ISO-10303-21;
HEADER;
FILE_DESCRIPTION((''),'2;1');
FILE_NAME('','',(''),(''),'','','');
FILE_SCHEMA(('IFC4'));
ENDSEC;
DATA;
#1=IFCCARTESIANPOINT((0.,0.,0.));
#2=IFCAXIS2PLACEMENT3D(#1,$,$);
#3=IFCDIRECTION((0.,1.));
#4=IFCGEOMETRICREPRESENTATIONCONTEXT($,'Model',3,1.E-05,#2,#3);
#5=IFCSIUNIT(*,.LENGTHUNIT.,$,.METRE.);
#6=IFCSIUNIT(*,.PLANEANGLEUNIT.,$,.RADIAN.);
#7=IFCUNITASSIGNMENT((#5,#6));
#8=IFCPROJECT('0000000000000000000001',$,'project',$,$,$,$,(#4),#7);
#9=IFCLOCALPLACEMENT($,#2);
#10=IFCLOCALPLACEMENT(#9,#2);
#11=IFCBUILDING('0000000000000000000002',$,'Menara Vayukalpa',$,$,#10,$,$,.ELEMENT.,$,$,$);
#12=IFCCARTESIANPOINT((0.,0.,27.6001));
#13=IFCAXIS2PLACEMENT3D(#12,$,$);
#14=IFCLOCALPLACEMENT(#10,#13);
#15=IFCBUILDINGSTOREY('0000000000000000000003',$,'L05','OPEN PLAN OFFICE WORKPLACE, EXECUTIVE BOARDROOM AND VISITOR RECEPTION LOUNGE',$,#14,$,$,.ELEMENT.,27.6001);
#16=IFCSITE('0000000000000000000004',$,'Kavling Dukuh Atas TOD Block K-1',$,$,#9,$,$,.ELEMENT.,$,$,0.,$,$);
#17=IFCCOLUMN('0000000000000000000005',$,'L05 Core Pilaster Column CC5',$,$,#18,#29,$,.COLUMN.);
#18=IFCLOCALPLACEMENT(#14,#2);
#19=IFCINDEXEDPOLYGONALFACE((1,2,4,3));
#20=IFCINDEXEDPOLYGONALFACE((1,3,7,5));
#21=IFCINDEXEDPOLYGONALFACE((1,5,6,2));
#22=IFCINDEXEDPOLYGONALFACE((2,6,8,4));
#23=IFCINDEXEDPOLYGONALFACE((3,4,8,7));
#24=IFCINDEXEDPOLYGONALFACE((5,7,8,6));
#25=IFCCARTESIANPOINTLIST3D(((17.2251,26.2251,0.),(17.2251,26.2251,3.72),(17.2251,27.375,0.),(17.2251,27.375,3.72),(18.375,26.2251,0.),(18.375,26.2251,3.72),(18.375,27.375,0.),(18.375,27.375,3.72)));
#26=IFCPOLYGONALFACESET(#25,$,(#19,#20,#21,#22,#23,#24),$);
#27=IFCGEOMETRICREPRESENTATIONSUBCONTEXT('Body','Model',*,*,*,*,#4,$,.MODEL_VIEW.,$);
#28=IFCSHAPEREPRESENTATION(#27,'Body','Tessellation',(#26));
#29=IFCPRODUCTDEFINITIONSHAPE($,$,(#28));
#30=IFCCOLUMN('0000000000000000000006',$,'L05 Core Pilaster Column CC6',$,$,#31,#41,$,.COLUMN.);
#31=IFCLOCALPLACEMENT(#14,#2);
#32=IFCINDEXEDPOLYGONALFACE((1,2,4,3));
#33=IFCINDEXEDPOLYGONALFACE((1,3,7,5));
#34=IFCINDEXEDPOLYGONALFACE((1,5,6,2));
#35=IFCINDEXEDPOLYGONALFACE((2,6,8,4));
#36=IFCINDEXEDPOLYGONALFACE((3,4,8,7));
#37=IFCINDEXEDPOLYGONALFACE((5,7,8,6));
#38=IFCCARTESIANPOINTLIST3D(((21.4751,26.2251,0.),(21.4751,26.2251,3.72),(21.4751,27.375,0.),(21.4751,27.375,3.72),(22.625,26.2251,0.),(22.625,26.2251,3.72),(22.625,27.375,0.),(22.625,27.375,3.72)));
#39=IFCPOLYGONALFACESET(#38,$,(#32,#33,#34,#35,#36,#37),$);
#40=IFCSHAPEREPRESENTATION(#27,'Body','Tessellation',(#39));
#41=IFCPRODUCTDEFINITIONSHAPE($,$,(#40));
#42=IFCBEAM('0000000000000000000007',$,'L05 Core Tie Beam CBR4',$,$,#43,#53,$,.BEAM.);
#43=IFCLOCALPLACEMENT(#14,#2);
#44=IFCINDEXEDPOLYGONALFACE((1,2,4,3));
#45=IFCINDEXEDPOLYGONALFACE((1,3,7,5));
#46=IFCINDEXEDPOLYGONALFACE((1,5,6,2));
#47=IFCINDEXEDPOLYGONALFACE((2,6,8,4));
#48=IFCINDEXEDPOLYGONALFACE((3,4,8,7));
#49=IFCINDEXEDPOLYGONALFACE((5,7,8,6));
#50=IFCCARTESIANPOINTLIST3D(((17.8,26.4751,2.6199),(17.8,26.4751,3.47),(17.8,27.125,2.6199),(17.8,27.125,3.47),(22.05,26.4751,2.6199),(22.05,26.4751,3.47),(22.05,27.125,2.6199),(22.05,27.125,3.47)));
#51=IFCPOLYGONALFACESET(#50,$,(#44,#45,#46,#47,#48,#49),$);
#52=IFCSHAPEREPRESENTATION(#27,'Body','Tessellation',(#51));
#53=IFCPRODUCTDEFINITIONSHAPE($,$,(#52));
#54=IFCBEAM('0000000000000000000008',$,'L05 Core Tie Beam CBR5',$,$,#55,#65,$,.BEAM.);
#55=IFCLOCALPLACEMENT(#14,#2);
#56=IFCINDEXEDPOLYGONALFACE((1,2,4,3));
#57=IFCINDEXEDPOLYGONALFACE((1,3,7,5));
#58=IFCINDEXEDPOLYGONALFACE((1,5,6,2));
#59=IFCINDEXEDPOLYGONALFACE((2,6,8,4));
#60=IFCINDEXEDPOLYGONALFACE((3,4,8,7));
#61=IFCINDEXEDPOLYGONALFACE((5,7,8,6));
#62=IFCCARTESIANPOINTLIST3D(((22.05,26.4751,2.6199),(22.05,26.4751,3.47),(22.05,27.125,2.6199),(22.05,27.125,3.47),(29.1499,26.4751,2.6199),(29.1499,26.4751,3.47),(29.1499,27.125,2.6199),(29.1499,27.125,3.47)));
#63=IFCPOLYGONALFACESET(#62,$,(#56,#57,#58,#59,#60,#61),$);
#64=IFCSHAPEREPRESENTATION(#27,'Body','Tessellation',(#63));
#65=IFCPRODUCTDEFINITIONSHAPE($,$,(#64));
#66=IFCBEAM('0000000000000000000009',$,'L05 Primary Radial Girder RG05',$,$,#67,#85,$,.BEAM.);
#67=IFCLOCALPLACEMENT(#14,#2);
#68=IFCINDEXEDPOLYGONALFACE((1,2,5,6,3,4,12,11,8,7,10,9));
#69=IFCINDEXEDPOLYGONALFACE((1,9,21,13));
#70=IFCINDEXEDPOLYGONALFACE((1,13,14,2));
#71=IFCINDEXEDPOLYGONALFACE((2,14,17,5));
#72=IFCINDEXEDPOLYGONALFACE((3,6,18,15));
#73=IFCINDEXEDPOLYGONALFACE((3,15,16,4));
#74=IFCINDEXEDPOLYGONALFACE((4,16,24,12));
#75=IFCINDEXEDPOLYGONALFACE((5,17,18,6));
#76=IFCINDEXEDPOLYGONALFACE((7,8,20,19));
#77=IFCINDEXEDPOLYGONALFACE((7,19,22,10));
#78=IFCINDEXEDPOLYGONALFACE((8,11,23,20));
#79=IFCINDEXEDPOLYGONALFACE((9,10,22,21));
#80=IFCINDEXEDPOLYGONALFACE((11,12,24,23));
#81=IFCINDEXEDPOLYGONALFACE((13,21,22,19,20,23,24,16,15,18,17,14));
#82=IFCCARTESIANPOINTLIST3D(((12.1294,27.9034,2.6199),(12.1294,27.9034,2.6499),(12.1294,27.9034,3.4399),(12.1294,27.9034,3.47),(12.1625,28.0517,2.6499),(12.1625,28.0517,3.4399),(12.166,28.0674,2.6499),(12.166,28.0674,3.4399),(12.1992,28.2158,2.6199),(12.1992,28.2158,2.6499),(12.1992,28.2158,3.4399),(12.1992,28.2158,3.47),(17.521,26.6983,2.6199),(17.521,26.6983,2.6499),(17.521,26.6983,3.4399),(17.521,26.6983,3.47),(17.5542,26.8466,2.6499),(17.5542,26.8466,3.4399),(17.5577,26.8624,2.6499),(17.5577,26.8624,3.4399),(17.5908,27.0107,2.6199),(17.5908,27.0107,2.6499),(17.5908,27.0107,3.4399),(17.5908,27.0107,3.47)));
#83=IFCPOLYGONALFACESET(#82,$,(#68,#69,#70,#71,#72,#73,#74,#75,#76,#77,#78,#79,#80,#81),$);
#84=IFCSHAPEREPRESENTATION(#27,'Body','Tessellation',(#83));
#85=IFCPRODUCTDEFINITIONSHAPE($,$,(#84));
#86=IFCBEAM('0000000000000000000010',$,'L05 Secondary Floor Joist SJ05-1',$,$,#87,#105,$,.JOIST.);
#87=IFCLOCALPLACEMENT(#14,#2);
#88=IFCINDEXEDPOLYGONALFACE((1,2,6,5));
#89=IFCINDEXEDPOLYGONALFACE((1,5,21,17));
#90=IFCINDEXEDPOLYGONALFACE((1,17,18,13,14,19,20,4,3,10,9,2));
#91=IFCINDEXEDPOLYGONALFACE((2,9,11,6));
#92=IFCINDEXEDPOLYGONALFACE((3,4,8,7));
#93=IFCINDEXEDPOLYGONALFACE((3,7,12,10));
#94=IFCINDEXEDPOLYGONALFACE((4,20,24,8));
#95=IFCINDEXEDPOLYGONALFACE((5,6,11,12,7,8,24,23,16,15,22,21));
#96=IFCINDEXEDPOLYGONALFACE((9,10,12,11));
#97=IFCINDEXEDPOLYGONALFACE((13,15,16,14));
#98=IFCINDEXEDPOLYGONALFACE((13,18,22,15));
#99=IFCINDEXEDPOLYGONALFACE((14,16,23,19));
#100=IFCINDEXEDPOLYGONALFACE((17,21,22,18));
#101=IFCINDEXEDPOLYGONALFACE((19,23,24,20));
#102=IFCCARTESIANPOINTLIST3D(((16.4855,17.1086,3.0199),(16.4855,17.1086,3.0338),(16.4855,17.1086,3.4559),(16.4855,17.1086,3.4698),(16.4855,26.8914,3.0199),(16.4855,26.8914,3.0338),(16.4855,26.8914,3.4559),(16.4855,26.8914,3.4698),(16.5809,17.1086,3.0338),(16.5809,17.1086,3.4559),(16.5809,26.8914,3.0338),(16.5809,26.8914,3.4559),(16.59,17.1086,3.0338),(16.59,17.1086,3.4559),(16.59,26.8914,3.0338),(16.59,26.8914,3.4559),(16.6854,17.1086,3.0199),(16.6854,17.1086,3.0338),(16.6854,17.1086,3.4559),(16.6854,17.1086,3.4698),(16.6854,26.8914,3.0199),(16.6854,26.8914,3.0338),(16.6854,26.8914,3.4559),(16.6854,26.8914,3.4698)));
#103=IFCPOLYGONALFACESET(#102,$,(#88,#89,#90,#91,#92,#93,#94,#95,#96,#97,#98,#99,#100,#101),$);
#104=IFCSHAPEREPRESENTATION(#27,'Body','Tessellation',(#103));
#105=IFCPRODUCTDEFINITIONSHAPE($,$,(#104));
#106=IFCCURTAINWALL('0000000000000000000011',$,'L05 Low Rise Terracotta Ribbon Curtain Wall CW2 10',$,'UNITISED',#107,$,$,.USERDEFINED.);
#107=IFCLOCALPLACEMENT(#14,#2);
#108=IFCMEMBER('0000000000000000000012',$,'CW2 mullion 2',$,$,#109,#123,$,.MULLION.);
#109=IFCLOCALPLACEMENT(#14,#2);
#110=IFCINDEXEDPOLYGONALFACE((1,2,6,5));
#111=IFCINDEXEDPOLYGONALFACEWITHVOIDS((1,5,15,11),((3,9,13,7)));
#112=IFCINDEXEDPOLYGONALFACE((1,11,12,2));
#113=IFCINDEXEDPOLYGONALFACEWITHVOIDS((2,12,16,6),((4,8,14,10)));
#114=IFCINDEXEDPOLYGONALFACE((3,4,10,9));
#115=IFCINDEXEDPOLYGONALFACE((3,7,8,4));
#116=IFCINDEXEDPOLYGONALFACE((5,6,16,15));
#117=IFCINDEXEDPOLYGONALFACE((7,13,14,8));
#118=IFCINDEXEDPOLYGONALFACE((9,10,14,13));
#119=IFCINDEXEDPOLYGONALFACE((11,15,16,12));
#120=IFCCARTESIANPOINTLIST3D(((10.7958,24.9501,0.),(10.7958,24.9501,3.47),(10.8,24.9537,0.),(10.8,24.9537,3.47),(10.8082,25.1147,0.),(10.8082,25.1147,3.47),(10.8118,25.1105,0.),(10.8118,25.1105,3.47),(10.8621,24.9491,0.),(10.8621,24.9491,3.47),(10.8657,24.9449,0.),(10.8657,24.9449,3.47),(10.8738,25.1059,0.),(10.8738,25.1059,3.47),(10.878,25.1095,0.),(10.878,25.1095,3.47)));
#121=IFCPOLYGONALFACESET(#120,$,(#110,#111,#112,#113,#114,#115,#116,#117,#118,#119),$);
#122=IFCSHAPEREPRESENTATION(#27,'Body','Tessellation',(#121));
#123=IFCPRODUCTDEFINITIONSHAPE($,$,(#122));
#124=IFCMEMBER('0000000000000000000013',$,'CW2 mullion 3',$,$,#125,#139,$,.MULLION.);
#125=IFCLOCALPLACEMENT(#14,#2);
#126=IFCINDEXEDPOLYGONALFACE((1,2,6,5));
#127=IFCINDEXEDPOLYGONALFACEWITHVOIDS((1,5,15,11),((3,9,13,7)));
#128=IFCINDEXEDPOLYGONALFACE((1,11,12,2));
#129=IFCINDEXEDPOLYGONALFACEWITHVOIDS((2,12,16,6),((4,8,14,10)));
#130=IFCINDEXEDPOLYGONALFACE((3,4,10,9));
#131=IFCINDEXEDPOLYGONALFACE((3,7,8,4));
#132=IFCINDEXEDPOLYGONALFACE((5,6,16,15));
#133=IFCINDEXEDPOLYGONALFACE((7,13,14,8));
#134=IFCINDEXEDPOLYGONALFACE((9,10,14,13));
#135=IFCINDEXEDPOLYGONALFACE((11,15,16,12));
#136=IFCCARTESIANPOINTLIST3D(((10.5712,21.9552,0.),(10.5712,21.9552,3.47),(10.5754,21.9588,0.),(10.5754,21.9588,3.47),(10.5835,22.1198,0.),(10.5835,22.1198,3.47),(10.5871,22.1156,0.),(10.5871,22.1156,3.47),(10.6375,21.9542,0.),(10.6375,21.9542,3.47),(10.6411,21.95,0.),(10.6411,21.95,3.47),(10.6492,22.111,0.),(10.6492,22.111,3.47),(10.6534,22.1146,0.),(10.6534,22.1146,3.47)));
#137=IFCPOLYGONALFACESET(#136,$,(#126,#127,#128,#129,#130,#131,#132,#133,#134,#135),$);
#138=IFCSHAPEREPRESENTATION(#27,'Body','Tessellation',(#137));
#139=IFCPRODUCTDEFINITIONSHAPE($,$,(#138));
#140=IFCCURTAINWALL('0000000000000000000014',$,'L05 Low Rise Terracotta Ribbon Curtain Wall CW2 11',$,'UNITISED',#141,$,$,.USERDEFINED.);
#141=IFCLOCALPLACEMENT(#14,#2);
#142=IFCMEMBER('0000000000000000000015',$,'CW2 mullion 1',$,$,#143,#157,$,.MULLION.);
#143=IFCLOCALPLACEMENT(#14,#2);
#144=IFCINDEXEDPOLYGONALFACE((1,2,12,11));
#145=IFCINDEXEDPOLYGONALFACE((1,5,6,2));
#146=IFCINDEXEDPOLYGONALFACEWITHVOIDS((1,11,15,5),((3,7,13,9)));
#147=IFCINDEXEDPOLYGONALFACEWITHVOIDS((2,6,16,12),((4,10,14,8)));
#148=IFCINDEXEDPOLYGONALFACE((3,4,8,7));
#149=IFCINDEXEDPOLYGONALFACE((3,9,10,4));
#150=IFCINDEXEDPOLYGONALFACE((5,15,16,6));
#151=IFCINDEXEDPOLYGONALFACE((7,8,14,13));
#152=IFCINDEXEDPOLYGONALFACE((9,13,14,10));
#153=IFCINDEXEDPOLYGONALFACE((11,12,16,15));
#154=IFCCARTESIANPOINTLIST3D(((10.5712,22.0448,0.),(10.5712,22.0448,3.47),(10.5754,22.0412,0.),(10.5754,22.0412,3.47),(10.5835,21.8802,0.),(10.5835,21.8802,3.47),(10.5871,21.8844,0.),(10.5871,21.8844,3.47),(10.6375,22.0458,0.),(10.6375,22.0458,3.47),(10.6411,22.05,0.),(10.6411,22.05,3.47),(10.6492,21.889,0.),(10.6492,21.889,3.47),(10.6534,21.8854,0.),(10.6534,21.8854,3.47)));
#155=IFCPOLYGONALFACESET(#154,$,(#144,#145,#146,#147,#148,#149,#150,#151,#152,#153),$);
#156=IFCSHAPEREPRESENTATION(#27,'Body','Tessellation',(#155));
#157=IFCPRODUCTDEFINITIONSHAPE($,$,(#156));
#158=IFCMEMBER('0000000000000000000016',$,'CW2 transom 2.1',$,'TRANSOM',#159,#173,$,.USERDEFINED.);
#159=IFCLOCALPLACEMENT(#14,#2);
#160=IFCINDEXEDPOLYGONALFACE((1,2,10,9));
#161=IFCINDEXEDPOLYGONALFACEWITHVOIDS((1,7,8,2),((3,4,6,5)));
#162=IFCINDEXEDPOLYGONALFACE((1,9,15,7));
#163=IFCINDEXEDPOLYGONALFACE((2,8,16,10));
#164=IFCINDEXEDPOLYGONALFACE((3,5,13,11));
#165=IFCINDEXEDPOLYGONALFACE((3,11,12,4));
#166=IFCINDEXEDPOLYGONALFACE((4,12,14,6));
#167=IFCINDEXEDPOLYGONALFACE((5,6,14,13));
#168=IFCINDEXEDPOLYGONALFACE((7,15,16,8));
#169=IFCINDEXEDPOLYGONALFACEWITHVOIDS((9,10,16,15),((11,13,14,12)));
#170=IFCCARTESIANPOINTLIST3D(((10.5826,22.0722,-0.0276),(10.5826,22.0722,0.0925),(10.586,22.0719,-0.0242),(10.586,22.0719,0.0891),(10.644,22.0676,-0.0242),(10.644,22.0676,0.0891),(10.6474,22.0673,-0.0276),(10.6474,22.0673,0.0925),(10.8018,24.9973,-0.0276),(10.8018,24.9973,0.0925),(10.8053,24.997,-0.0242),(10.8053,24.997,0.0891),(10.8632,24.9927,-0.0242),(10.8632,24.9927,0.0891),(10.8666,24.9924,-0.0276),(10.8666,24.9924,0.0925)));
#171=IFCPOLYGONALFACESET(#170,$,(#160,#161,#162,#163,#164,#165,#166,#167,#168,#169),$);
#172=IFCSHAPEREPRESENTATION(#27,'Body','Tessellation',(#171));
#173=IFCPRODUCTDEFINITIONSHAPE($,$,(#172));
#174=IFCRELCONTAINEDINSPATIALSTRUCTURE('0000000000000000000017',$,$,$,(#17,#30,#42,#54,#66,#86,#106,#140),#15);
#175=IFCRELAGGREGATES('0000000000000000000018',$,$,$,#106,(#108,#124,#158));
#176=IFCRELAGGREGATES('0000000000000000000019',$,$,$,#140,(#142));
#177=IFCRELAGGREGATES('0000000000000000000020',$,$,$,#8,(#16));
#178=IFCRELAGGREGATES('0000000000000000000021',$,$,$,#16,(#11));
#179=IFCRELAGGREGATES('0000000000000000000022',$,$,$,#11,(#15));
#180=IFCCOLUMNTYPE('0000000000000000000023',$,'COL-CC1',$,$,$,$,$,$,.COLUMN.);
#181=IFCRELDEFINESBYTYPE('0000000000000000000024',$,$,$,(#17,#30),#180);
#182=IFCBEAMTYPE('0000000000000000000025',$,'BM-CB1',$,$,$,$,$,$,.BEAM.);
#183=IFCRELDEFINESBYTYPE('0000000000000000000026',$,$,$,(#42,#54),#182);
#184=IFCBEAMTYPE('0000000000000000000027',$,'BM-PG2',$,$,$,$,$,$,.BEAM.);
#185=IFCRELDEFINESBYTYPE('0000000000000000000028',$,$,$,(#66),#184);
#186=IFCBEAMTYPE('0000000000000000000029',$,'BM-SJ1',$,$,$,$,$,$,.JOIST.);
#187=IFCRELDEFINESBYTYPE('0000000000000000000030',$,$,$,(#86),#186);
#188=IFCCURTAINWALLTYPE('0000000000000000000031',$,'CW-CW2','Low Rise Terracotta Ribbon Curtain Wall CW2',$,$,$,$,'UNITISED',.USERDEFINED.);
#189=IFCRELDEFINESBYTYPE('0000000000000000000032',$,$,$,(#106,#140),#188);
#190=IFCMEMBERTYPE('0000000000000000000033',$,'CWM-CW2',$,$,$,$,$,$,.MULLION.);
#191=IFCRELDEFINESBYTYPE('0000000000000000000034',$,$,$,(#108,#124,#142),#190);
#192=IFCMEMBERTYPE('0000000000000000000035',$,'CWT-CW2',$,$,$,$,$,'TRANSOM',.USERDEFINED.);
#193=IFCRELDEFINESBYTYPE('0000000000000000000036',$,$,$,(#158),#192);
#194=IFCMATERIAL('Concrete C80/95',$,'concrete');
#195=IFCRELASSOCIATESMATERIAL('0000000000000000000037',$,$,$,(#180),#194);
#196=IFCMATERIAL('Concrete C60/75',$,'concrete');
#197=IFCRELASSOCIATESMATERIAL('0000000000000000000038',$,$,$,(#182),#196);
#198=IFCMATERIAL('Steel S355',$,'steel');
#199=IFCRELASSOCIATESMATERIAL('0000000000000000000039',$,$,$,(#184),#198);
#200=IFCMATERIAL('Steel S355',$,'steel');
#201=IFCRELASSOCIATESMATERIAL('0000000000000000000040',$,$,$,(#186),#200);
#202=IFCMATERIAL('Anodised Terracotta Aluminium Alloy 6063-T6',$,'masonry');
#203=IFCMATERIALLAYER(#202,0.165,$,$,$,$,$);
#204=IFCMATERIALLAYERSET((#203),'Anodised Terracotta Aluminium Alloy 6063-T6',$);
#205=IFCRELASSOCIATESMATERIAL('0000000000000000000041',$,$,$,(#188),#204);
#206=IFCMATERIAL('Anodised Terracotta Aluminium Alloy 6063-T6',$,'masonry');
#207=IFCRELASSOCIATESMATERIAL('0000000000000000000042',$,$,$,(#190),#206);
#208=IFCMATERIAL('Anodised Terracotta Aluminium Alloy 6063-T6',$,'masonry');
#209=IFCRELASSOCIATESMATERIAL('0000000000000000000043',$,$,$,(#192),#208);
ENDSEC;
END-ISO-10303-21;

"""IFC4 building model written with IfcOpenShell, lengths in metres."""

from ifc_helpers import new_model, si_unit, direction, frame, origin, origin_2d, place, context, subcontext, project, spatial, rectangle, hollow_rectangle, i_section, extrude, material, layer, layer_set, material_profile, profile_set, type_object, element, aggregate, save


model = new_model("IFC4")

# Units and contexts
model_context = context("Model", 3, precision=1e-05, world=origin(), true_north=direction((0.0, 1.0)))
body_context = subcontext(model_context, "Body", "Model", "MODEL_VIEW")
ifc_project = project(units=[si_unit("LENGTHUNIT", "METRE"), si_unit("PLANEANGLEUNIT", "RADIAN")], contexts=[model_context])

# Site, building, storey
site_placement = place(None, origin())
site = spatial("IfcSite", under=ifc_project, at=site_placement, Name="Kavling Dukuh Atas TOD Block K-1", CompositionType="ELEMENT", RefElevation=0.0)
building_placement = place(site_placement, origin())
building = spatial("IfcBuilding", under=site, at=building_placement, Name="Menara Vayukalpa", CompositionType="ELEMENT")
storey_placement = place(building_placement, frame((0.0, 0.0, 27.6001)))
storey = spatial("IfcBuildingStorey", under=building, at=storey_placement, Name="L05", Description="OPEN PLAN OFFICE WORKPLACE, EXECUTIVE BOARDROOM AND VISITOR RECEPTION LOUNGE", CompositionType="ELEMENT", Elevation=27.6001)

# Columns
ifc_material_1 = material(Name="Concrete C80/95", Category="concrete")
ifc_material_profile_1 = material_profile(ifc_material_1, rectangle(XDim=1.1499, YDim=1.1499, at=origin_2d()), Name="RC 1150x1150")
ifc_profile_set_1 = profile_set([ifc_material_profile_1], Name="Concrete C80/95")
column_type = type_object("IfcColumnType", Name="COL-CC1", PredefinedType="COLUMN", material=ifc_profile_set_1)
for number, where, z_axis, x_axis, name in (
    (1, (17.8, 26.8, 0.0), (0.0, 0.0, 1.0), (1.0, 0.0, 0.0), "L05 Core Pilaster Column CC5"),
    (2, (22.05, 26.8, 0.0), (0.0, 0.0, 1.0), (1.0, 0.0, 0.0), "L05 Core Pilaster Column CC6"),
):
    element("IfcColumn", number, at=place(storey_placement, frame(where, z_axis=z_axis, x_axis=x_axis)), inside=storey, type_object=column_type, Name=name, PredefinedType="COLUMN", context=body_context, shape_type="SweptSolid", body=[
        extrude(rectangle(XDim=1.1499, YDim=1.1499, at=origin_2d()), origin(), (0.0, 0.0, 1.0), 3.72),
    ])

# Beams
ifc_material_2 = material(Name="Concrete C60/75", Category="concrete")
ifc_material_profile_2 = material_profile(ifc_material_2, rectangle(XDim=0.6499, YDim=0.8501, at=origin_2d()), Name="RC 650x850")
ifc_profile_set_2 = profile_set([ifc_material_profile_2], Name="Concrete C60/75")
beam_type_1 = type_object("IfcBeamType", Name="BM-CB1", PredefinedType="BEAM", material=ifc_profile_set_2)
beam_1_placement = place(storey_placement, frame((17.8, 26.8, 3.0449), z_axis=(1.0, 0.0, 0.0), x_axis=(0.0, 1.0, 0.0)))
element("IfcBeam", 3, at=beam_1_placement, inside=storey, type_object=beam_type_1, Name="L05 Core Tie Beam CBR4", PredefinedType="BEAM", context=body_context, shape_type="SweptSolid", body=[
    extrude(rectangle(XDim=0.6499, YDim=0.8501, at=origin_2d()), origin(), (0.0, 0.0, 1.0), 4.25),
])
beam_2_placement = place(storey_placement, frame((22.05, 26.8, 3.0449), z_axis=(1.0, 0.0, 0.0), x_axis=(0.0, 1.0, 0.0)))
element("IfcBeam", 4, at=beam_2_placement, inside=storey, type_object=beam_type_1, Name="L05 Core Tie Beam CBR5", PredefinedType="BEAM", context=body_context, shape_type="SweptSolid", body=[
    extrude(rectangle(XDim=0.6499, YDim=0.8501, at=origin_2d()), origin(), (0.0, 0.0, 1.0), 7.0999),
])
ifc_material_3 = material(Name="Steel S355", Category="steel")
ifc_material_profile_3 = material_profile(ifc_material_3, i_section(OverallWidth=0.3201, OverallDepth=0.8501, WebThickness=0.0161, FlangeThickness=0.03, at=origin_2d()), Name="WF 850x320x16x30")
ifc_profile_set_3 = profile_set([ifc_material_profile_3], Name="Steel S355")
beam_type_2 = type_object("IfcBeamType", Name="BM-PG2", PredefinedType="BEAM", material=ifc_profile_set_3)
beam_3_placement = place(storey_placement, frame((17.5559, 26.8545, 3.0449), z_axis=(-0.97592, 0.218128, 0.0), x_axis=(-0.218128, -0.97592, 0.0)))
element("IfcBeam", 5, at=beam_3_placement, inside=storey, type_object=beam_type_2, Name="L05 Primary Radial Girder RG05", PredefinedType="BEAM", context=body_context, shape_type="SweptSolid", body=[
    extrude(i_section(OverallWidth=0.3201, OverallDepth=0.8501, WebThickness=0.0161, FlangeThickness=0.03, at=origin_2d()), origin(), (0.0, 0.0, 1.0), 5.5247),
])
ifc_material_4 = material(Name="Steel S355", Category="steel")
ifc_material_profile_4 = material_profile(ifc_material_4, i_section(OverallWidth=0.2, OverallDepth=0.45, WebThickness=0.009, FlangeThickness=0.0139, at=origin_2d()), Name="WF 450x200x9x14")
ifc_profile_set_4 = profile_set([ifc_material_profile_4], Name="Steel S355")
beam_type_3 = type_object("IfcBeamType", Name="BM-SJ1", PredefinedType="JOIST", material=ifc_profile_set_4)
beam_4_placement = place(storey_placement, frame((16.5854, 26.8914, 3.2449), z_axis=(0.0, -1.0, 0.0), x_axis=(1.0, 0.0, 0.0)))
element("IfcBeam", 6, at=beam_4_placement, inside=storey, type_object=beam_type_3, Name="L05 Secondary Floor Joist SJ05-1", PredefinedType="JOIST", context=body_context, shape_type="SweptSolid", body=[
    extrude(i_section(OverallWidth=0.2, OverallDepth=0.45, WebThickness=0.009, FlangeThickness=0.0139, at=origin_2d()), origin(), (0.0, 0.0, 1.0), 9.7827),
])

# Curtain wall, members
ifc_material_5 = material(Name="Anodised Terracotta Aluminium Alloy 6063-T6", Category="masonry")
ifc_layer_1 = layer(ifc_material_5, 0.165)
ifc_layer_set_1 = layer_set([ifc_layer_1], Name="Anodised Terracotta Aluminium Alloy 6063-T6")
curtain_wall_type = type_object("IfcCurtainWallType", Name="CW-CW2", Description="Low Rise Terracotta Ribbon Curtain Wall CW2", ElementType="UNITISED", PredefinedType="USERDEFINED", material=ifc_layer_set_1)
curtain_wall_1_placement = place(storey_placement, origin())
curtain_wall_1 = element("IfcCurtainWall", 7, at=curtain_wall_1_placement, inside=storey, type_object=curtain_wall_type, Name="L05 Low Rise Terracotta Ribbon Curtain Wall CW2 10", ObjectType="UNITISED", PredefinedType="USERDEFINED")
ifc_material_6 = material(Name="Anodised Terracotta Aluminium Alloy 6063-T6", Category="masonry")
ifc_material_profile_5 = material_profile(ifc_material_6, hollow_rectangle(XDim=0.0701, YDim=0.165, WallThickness=0.0039, at=origin_2d()), Name="ALU 70x165x4")
ifc_profile_set_5 = profile_set([ifc_material_profile_5], Name="Anodised Terracotta Aluminium Alloy 6063-T6")
member_type_1 = type_object("IfcMemberType", Name="CWM-CW2", PredefinedType="MULLION", material=ifc_profile_set_5)
member_1_placement = place(storey_placement, frame((10.8369, 25.0298, 0.0), z_axis=(0.0, 0.0, 1.0), x_axis=(0.997199, -0.074795, 0.0)))
member_1 = element("IfcMember", 8, at=member_1_placement, type_object=member_type_1, Name="CW2 mullion 2", PredefinedType="MULLION", context=body_context, shape_type="SweptSolid", body=[
    extrude(hollow_rectangle(XDim=0.0701, YDim=0.165, WallThickness=0.0039, at=origin_2d()), origin(), (0.0, 0.0, 1.0), 3.47),
])
member_2_placement = place(storey_placement, frame((10.6123, 22.0349, 0.0), z_axis=(0.0, 0.0, 1.0), x_axis=(0.997199, -0.074795, 0.0)))
member_2 = element("IfcMember", 9, at=member_2_placement, type_object=member_type_1, Name="CW2 mullion 3", PredefinedType="MULLION", context=body_context, shape_type="SweptSolid", body=[
    extrude(hollow_rectangle(XDim=0.0701, YDim=0.165, WallThickness=0.0039, at=origin_2d()), origin(), (0.0, 0.0, 1.0), 3.47),
])

# Curtain wall, member
curtain_wall_2_placement = place(storey_placement, origin())
curtain_wall_2 = element("IfcCurtainWall", 10, at=curtain_wall_2_placement, inside=storey, type_object=curtain_wall_type, Name="L05 Low Rise Terracotta Ribbon Curtain Wall CW2 11", ObjectType="UNITISED", PredefinedType="USERDEFINED")
member_3_placement = place(storey_placement, frame((10.6123, 21.9651, 0.0), z_axis=(0.0, 0.0, 1.0), x_axis=(0.997199, 0.074795, 0.0)))
member_3 = element("IfcMember", 11, at=member_3_placement, type_object=member_type_1, Name="CW2 mullion 1", PredefinedType="MULLION", context=body_context, shape_type="SweptSolid", body=[
    extrude(hollow_rectangle(XDim=0.0701, YDim=0.165, WallThickness=0.0039, at=origin_2d()), origin(), (0.0, 0.0, 1.0), 3.47),
])

# Member
ifc_material_7 = material(Name="Anodised Terracotta Aluminium Alloy 6063-T6", Category="masonry")
ifc_material_profile_6 = material_profile(ifc_material_7, hollow_rectangle(XDim=0.0649, YDim=0.1201, WallThickness=0.0034, at=origin_2d()), Name="ALU 65x120x3.5")
ifc_profile_set_6 = profile_set([ifc_material_profile_6], Name="Anodised Terracotta Aluminium Alloy 6063-T6")
member_type_2 = type_object("IfcMemberType", Name="CWT-CW2", ElementType="TRANSOM", PredefinedType="USERDEFINED", material=ifc_profile_set_6)
member_4_placement = place(storey_placement, frame((10.8342, 24.9949, 0.0325), z_axis=(-0.074742, -0.997203, 0.0), x_axis=(0.997203, -0.074742, 0.0)))
member_4 = element("IfcMember", 12, at=member_4_placement, type_object=member_type_2, Name="CW2 transom 2.1", ObjectType="TRANSOM", PredefinedType="USERDEFINED", context=body_context, shape_type="SweptSolid", body=[
    extrude(hollow_rectangle(XDim=0.0649, YDim=0.1201, WallThickness=0.0034, at=origin_2d()), origin(), (0.0, 0.0, 1.0), 2.9333),
])

aggregate(curtain_wall_1, [member_1, member_2, member_4])
aggregate(curtain_wall_2, [member_3])

save(model, "model.ifc")
